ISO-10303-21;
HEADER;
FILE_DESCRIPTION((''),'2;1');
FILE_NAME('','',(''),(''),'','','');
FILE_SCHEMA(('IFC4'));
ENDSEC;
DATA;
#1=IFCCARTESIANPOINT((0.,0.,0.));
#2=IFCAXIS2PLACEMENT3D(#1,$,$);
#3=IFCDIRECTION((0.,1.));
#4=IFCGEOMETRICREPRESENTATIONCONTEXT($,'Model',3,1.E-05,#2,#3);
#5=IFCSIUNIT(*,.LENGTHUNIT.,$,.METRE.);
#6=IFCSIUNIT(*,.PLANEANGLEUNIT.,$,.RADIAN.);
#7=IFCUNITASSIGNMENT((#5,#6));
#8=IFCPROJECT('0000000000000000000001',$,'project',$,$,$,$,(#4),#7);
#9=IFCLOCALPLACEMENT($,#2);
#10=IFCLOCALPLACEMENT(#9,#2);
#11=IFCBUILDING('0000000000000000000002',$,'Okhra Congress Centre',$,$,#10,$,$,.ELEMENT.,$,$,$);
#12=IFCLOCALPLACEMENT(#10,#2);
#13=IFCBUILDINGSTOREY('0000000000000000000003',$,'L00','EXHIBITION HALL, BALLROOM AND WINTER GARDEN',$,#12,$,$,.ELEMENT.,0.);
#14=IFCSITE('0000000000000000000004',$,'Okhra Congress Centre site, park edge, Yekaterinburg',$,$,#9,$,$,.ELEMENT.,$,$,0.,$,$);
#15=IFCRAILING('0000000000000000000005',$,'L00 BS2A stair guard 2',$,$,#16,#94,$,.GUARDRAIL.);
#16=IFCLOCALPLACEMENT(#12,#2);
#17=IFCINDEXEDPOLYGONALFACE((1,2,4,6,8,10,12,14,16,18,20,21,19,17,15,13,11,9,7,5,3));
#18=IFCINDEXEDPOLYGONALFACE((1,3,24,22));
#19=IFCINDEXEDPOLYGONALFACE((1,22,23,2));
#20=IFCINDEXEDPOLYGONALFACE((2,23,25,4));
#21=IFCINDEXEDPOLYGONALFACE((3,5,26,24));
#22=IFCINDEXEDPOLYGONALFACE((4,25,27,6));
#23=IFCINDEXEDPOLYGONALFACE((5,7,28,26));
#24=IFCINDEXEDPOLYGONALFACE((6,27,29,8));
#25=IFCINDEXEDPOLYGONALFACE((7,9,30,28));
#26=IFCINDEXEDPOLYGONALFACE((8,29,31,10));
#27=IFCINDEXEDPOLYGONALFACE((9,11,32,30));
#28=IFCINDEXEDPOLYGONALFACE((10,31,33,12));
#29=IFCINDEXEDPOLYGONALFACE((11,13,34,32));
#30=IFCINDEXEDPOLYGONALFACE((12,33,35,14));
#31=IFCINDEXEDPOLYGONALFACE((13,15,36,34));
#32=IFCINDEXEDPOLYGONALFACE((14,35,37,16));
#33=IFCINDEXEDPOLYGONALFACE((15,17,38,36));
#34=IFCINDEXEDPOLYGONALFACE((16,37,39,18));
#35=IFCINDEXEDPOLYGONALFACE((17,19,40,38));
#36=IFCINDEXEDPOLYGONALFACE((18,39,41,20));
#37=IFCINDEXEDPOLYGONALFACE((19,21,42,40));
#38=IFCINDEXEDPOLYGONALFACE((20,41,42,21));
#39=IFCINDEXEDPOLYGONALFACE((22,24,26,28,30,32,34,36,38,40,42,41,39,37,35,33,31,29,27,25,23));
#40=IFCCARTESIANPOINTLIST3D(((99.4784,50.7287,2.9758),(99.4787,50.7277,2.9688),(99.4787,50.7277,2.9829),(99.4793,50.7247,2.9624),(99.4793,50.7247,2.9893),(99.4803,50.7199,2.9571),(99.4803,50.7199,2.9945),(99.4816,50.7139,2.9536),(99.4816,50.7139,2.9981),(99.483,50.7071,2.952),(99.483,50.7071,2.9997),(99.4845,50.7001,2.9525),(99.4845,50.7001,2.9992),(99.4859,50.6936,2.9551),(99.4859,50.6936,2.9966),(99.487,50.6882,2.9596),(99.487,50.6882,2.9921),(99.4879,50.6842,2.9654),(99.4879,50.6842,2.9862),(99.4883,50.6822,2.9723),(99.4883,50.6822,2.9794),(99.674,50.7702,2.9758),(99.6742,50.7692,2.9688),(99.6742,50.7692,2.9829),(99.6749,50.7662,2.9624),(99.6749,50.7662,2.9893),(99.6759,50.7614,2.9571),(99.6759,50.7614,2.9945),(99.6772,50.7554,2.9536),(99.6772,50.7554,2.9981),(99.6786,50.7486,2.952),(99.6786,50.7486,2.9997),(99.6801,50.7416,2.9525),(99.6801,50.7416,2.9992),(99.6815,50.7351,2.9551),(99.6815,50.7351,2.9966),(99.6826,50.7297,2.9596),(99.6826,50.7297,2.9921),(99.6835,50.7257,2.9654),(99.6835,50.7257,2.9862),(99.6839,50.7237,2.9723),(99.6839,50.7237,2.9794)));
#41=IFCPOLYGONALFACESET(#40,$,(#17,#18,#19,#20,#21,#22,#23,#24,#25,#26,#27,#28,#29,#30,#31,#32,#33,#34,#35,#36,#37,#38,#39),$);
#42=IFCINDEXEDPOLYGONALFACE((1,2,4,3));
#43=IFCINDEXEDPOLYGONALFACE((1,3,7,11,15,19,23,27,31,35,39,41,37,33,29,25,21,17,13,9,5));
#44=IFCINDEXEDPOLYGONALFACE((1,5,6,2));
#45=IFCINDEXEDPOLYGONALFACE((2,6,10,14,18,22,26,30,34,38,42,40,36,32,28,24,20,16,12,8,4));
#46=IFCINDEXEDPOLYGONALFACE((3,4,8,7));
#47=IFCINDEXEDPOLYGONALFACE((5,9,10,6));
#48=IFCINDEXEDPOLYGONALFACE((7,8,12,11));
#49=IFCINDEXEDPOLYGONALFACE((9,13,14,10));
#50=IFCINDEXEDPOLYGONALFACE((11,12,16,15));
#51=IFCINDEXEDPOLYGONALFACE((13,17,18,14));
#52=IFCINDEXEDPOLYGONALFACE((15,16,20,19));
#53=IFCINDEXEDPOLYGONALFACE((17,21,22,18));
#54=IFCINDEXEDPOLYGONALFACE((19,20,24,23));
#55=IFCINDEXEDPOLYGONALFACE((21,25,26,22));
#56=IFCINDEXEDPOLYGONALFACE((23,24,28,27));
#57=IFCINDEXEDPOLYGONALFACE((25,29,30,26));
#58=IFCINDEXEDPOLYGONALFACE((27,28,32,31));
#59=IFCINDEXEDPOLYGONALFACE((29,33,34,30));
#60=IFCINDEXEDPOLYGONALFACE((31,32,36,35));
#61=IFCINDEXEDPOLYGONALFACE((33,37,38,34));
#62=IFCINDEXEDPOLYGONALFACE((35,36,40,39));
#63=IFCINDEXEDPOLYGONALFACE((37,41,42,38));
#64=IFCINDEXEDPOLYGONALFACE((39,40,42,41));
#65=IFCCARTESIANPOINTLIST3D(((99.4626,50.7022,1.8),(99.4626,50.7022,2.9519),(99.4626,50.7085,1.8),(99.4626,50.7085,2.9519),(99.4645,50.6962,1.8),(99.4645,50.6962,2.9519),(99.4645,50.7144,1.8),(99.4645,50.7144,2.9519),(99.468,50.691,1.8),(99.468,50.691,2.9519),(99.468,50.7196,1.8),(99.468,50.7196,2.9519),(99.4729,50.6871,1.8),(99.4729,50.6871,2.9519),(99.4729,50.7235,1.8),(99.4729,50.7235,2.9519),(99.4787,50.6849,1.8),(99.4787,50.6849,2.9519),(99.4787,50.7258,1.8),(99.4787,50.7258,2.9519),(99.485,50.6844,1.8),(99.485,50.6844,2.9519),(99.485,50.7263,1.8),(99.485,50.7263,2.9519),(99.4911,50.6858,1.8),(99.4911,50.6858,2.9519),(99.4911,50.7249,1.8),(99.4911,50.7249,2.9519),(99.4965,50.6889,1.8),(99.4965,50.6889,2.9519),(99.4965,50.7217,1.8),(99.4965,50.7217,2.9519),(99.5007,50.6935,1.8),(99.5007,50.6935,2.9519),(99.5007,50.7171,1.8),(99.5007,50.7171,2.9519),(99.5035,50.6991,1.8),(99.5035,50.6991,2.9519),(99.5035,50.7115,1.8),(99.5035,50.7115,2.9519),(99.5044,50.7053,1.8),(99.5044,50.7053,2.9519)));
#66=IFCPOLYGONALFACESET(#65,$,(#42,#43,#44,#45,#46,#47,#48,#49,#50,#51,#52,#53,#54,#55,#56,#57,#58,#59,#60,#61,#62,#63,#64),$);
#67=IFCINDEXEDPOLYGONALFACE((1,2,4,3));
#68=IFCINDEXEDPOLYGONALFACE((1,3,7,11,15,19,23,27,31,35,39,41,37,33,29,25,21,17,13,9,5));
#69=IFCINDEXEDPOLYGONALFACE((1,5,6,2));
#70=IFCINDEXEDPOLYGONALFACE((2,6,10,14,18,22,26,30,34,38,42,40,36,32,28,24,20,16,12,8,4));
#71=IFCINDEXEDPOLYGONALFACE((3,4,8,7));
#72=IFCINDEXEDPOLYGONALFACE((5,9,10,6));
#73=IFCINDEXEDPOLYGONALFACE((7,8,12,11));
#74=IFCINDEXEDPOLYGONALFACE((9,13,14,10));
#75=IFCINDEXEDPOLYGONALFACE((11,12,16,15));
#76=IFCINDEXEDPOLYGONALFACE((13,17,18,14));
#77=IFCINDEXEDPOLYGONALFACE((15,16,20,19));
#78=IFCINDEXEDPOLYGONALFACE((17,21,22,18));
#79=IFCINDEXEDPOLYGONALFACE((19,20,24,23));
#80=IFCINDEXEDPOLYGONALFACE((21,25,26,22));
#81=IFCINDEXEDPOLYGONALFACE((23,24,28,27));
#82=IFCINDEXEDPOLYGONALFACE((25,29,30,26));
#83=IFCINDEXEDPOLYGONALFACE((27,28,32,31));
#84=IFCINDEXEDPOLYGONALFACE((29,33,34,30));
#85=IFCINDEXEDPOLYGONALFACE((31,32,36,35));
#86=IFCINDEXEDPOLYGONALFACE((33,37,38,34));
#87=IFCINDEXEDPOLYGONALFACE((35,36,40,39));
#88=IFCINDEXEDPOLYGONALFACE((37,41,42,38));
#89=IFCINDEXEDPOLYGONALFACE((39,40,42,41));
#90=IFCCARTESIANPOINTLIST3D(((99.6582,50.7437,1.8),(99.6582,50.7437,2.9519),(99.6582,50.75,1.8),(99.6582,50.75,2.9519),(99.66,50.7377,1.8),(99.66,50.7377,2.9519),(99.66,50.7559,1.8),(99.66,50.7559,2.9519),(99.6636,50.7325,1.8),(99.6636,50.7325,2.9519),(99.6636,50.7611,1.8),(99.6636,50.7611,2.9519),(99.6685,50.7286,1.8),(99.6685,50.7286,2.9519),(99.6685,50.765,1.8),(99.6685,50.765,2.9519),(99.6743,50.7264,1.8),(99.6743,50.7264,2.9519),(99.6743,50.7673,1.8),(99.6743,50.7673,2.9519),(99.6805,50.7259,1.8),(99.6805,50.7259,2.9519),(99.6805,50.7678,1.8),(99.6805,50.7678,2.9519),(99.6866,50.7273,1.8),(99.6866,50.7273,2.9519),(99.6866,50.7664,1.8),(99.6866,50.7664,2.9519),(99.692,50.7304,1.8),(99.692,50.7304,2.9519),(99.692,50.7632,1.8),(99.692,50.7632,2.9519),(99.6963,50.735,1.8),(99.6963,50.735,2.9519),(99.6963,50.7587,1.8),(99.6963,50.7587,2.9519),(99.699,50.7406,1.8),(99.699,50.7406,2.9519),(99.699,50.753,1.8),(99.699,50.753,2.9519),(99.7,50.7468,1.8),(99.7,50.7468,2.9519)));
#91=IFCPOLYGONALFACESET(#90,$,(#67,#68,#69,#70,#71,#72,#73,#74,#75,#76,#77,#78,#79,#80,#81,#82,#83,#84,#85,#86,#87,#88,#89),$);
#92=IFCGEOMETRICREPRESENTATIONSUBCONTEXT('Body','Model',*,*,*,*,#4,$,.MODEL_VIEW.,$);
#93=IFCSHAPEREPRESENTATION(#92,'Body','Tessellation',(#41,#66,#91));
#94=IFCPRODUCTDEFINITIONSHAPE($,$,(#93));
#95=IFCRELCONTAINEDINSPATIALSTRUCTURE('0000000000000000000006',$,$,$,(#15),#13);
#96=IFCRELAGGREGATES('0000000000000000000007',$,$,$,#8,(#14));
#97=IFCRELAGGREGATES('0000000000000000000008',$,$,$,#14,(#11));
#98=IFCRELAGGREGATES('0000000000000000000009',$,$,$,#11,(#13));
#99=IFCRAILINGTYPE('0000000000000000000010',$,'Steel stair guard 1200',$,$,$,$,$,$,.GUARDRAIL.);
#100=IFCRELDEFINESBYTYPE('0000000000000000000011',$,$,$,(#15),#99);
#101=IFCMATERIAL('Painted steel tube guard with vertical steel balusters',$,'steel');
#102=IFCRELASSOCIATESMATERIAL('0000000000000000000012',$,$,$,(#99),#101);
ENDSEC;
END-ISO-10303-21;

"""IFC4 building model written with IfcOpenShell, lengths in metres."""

from ifc_helpers import new_model, si_unit, direction, frame, origin, origin_2d, place, context, subcontext, project, spatial, circle, extrude, material, type_object, element, save


model = new_model("IFC4")

# Units and contexts
model_context = context("Model", 3, precision=1e-05, world=origin(), true_north=direction((0.0, 1.0)))
body_context = subcontext(model_context, "Body", "Model", "MODEL_VIEW")
ifc_project = project(units=[si_unit("LENGTHUNIT", "METRE"), si_unit("PLANEANGLEUNIT", "RADIAN")], contexts=[model_context])

# Site, building, storey
site_placement = place(None, origin())
site = spatial("IfcSite", under=ifc_project, at=site_placement, Name="Okhra Congress Centre site, park edge, Yekaterinburg", CompositionType="ELEMENT", RefElevation=0.0)
building_placement = place(site_placement, origin())
building = spatial("IfcBuilding", under=site, at=building_placement, Name="Okhra Congress Centre", CompositionType="ELEMENT")
storey_placement = place(building_placement, origin())
storey = spatial("IfcBuildingStorey", under=building, at=storey_placement, Name="L00", Description="EXHIBITION HALL, BALLROOM AND WINTER GARDEN", CompositionType="ELEMENT", Elevation=0.0)

# Railing
ifc_material_1 = material(Name="Painted steel tube guard with vertical steel balusters", Category="steel")
railing_type_1 = type_object("IfcRailingType", Name="Steel stair guard 1200", PredefinedType="GUARDRAIL", material=ifc_material_1)
railing_1_placement = place(storey_placement, frame((99.4834, 50.7053, 1.8)))
element("IfcRailing", 1, at=railing_1_placement, inside=storey, type_object=railing_type_1, Name="L00 BS2A stair guard 2", PredefinedType="GUARDRAIL", context=body_context, shape_type="SweptSolid", body=[
    extrude(circle(Radius=0.0239, at=origin_2d()), frame((0.0, 0.0, 1.1758), z_axis=(0.978212, 0.20761, 0.0), x_axis=(-0.20761, 0.978212, 0.0)), (0.0, 0.0, 1.0), 0.2),
    extrude(circle(Radius=0.021, at=origin_2d()), origin(), (0.0, 0.0, 1.0), 1.1519),
    extrude(circle(Radius=0.021, at=origin_2d()), frame((0.1956, 0.0415, 0.0)), (0.0, 0.0, 1.0), 1.1519),
])

save(model, "model.ifc")
